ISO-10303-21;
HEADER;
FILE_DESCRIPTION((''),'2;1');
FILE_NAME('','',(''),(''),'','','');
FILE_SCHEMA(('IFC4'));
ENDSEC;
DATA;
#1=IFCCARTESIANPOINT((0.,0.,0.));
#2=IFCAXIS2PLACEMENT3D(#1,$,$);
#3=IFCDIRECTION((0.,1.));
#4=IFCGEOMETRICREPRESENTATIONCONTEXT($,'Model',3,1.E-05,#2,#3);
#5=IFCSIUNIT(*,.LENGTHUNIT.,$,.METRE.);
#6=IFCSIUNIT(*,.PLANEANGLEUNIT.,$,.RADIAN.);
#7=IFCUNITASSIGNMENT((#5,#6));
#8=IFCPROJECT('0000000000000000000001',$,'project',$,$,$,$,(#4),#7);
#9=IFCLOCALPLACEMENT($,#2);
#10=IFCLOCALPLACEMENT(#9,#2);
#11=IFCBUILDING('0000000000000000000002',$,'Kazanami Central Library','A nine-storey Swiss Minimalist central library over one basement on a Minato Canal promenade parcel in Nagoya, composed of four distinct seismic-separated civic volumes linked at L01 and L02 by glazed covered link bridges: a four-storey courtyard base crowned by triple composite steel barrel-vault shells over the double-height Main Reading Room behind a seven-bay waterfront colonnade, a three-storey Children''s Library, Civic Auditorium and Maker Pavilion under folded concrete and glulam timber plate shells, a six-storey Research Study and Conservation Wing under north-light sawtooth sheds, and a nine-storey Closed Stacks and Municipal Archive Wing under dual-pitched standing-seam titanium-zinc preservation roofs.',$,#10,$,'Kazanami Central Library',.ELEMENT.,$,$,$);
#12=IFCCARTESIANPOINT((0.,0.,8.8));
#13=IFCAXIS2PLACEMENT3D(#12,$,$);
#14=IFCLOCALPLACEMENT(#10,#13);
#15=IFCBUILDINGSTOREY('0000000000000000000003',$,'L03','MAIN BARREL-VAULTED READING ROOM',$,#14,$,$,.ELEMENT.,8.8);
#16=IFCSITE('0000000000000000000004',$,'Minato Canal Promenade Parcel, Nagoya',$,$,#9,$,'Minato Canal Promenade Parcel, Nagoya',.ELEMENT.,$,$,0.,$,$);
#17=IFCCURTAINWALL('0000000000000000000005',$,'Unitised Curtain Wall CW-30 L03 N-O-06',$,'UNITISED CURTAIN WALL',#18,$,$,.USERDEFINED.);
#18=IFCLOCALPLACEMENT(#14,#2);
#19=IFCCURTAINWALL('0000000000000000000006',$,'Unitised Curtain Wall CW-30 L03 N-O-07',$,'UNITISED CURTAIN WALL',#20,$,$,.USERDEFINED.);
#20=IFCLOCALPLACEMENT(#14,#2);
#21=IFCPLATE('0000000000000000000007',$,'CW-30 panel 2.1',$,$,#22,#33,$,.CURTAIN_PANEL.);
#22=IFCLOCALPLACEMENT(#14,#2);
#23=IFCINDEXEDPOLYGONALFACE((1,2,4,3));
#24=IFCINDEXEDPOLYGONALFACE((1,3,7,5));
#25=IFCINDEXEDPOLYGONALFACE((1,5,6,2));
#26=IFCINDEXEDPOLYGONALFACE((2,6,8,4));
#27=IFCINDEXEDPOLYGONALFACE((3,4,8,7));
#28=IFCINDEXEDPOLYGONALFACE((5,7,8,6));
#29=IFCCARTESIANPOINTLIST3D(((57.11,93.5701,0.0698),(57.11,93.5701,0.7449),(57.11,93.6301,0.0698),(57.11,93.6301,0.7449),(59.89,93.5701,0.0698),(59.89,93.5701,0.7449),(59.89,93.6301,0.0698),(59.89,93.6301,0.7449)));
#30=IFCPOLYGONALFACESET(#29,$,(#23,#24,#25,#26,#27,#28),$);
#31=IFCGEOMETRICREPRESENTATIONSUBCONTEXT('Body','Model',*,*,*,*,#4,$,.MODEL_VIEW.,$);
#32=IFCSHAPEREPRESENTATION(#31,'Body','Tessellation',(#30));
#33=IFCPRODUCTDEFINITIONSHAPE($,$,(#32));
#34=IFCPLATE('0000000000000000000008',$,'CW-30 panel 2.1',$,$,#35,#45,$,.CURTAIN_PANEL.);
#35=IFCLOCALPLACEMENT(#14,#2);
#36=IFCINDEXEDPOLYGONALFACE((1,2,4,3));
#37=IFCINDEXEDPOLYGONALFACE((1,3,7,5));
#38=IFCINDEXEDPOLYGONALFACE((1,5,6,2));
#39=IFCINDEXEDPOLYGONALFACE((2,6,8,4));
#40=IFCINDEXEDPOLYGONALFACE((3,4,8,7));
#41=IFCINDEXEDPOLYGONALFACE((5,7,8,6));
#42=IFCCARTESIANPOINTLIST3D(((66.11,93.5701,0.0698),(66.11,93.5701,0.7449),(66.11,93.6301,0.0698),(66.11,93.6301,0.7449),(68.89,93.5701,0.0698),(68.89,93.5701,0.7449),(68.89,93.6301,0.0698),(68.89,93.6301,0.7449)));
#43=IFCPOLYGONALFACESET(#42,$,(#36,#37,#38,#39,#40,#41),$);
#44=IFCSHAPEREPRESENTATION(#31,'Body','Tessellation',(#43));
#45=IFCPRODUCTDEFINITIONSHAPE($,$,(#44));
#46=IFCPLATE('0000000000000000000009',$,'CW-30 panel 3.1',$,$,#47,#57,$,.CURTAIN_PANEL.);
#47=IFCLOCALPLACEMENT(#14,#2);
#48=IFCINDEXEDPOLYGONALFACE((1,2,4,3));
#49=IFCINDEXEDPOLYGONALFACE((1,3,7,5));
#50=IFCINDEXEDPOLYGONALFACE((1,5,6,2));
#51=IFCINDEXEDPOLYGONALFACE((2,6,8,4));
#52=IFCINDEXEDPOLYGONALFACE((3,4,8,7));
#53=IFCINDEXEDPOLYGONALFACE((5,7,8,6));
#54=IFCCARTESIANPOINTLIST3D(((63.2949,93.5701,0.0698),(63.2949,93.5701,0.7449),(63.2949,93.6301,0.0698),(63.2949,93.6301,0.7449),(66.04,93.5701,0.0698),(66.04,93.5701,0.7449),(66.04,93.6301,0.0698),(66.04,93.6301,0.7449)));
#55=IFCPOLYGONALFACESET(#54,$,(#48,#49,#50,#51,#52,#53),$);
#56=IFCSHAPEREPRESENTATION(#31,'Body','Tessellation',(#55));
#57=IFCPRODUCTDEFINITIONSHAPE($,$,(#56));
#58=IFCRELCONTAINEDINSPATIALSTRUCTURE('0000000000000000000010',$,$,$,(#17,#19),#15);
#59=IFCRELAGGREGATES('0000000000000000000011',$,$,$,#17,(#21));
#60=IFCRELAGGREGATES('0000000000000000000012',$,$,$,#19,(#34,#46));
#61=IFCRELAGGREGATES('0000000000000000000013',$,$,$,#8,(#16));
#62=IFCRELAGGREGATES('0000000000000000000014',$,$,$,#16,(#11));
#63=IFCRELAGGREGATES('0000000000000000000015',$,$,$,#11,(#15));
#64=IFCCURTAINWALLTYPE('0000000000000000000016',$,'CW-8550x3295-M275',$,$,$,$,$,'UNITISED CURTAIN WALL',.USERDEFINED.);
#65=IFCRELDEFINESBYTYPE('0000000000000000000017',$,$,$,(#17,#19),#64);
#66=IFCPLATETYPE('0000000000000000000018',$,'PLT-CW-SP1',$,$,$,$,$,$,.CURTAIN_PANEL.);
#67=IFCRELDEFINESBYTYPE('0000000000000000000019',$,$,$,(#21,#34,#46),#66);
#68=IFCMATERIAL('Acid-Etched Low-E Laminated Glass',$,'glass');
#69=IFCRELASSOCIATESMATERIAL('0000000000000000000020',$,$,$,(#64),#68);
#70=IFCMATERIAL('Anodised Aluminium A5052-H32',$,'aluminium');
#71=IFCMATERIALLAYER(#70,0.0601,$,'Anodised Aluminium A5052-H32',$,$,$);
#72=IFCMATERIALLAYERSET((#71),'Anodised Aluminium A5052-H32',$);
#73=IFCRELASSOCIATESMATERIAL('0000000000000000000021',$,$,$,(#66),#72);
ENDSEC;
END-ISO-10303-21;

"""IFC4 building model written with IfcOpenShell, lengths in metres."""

from ifc_helpers import new_model, si_unit, direction, frame, origin, origin_2d, place, context, subcontext, project, spatial, rectangle, extrude, material, layer, layer_set, type_object, element, aggregate, save


model = new_model("IFC4")

# Units and contexts
model_context = context("Model", 3, precision=1e-05, world=origin(), true_north=direction((0.0, 1.0)))
body_context = subcontext(model_context, "Body", "Model", "MODEL_VIEW")
ifc_project = project(units=[si_unit("LENGTHUNIT", "METRE"), si_unit("PLANEANGLEUNIT", "RADIAN")], contexts=[model_context])

# Site, building, storey
site_placement = place(None, origin())
site = spatial("IfcSite", under=ifc_project, at=site_placement, Name="Minato Canal Promenade Parcel, Nagoya", LongName="Minato Canal Promenade Parcel, Nagoya", CompositionType="ELEMENT", RefElevation=0.0)
building_placement = place(site_placement, origin())
building = spatial("IfcBuilding", under=site, at=building_placement, Name="Kazanami Central Library", Description="A nine-storey Swiss Minimalist central library over one basement on a Minato Canal promenade parcel in Nagoya, composed of four distinct seismic-separated civic volumes linked at L01 and L02 by glazed covered link bridges: a four-storey courtyard base crowned by triple composite steel barrel-vault shells over the double-height Main Reading Room behind a seven-bay waterfront colonnade, a three-storey Children's Library, Civic Auditorium and Maker Pavilion under folded concrete and glulam timber plate shells, a six-storey Research Study and Conservation Wing under north-light sawtooth sheds, and a nine-storey Closed Stacks and Municipal Archive Wing under dual-pitched standing-seam titanium-zinc preservation roofs.", LongName="Kazanami Central Library", CompositionType="ELEMENT")
storey_placement = place(building_placement, frame((0.0, 0.0, 8.8)))
storey = spatial("IfcBuildingStorey", under=building, at=storey_placement, Name="L03", Description="MAIN BARREL-VAULTED READING ROOM", CompositionType="ELEMENT", Elevation=8.8)

# Curtain walls
ifc_material_1 = material(Name="Acid-Etched Low-E Laminated Glass", Category="glass")
curtain_wall_type = type_object("IfcCurtainWallType", Name="CW-8550x3295-M275", ElementType="UNITISED CURTAIN WALL", PredefinedType="USERDEFINED", material=ifc_material_1)
curtain_wall_1_placement = place(storey_placement, origin())
curtain_wall_1 = element("IfcCurtainWall", 1, at=curtain_wall_1_placement, inside=storey, type_object=curtain_wall_type, Name="Unitised Curtain Wall CW-30 L03 N-O-06", ObjectType="UNITISED CURTAIN WALL", PredefinedType="USERDEFINED")
curtain_wall_2_placement = place(storey_placement, origin())
curtain_wall_2 = element("IfcCurtainWall", 2, at=curtain_wall_2_placement, inside=storey, type_object=curtain_wall_type, Name="Unitised Curtain Wall CW-30 L03 N-O-07", ObjectType="UNITISED CURTAIN WALL", PredefinedType="USERDEFINED")

# Plates
ifc_material_2 = material(Name="Anodised Aluminium A5052-H32", Category="aluminium")
ifc_layer_1 = layer(ifc_material_2, 0.0601, Name="Anodised Aluminium A5052-H32")
ifc_layer_set_1 = layer_set([ifc_layer_1], Name="Anodised Aluminium A5052-H32")
plate_type_1 = type_object("IfcPlateType", Name="PLT-CW-SP1", PredefinedType="CURTAIN_PANEL", material=ifc_layer_set_1)
plate_1_placement = place(storey_placement, frame((58.5, 93.6001, 0.0698), z_axis=(0.0, 0.0, 1.0), x_axis=(-1.0, 0.0, 0.0)))
plate_1 = element("IfcPlate", 3, at=plate_1_placement, type_object=plate_type_1, Name="CW-30 panel 2.1", PredefinedType="CURTAIN_PANEL", context=body_context, shape_type="SweptSolid", body=[
    extrude(rectangle(XDim=2.78, YDim=0.0601, at=origin_2d()), origin(), (0.0, 0.0, 1.0), 0.675),
])
aggregate(curtain_wall_1, [plate_1])
plate_2_placement = place(storey_placement, frame((67.5, 93.6001, 0.0698), z_axis=(0.0, 0.0, 1.0), x_axis=(-1.0, 0.0, 0.0)))
plate_2 = element("IfcPlate", 4, at=plate_2_placement, type_object=plate_type_1, Name="CW-30 panel 2.1", PredefinedType="CURTAIN_PANEL", context=body_context, shape_type="SweptSolid", body=[
    extrude(rectangle(XDim=2.78, YDim=0.0601, at=origin_2d()), origin(), (0.0, 0.0, 1.0), 0.675),
])
plate_3_placement = place(storey_placement, frame((64.6675, 93.6001, 0.0698), z_axis=(0.0, 0.0, 1.0), x_axis=(-1.0, 0.0, 0.0)))
plate_3 = element("IfcPlate", 5, at=plate_3_placement, type_object=plate_type_1, Name="CW-30 panel 3.1", PredefinedType="CURTAIN_PANEL", context=body_context, shape_type="SweptSolid", body=[
    extrude(rectangle(XDim=2.7451, YDim=0.0601, at=origin_2d()), origin(), (0.0, 0.0, 1.0), 0.675),
])
aggregate(curtain_wall_2, [plate_2, plate_3])

save(model, "model.ifc")
